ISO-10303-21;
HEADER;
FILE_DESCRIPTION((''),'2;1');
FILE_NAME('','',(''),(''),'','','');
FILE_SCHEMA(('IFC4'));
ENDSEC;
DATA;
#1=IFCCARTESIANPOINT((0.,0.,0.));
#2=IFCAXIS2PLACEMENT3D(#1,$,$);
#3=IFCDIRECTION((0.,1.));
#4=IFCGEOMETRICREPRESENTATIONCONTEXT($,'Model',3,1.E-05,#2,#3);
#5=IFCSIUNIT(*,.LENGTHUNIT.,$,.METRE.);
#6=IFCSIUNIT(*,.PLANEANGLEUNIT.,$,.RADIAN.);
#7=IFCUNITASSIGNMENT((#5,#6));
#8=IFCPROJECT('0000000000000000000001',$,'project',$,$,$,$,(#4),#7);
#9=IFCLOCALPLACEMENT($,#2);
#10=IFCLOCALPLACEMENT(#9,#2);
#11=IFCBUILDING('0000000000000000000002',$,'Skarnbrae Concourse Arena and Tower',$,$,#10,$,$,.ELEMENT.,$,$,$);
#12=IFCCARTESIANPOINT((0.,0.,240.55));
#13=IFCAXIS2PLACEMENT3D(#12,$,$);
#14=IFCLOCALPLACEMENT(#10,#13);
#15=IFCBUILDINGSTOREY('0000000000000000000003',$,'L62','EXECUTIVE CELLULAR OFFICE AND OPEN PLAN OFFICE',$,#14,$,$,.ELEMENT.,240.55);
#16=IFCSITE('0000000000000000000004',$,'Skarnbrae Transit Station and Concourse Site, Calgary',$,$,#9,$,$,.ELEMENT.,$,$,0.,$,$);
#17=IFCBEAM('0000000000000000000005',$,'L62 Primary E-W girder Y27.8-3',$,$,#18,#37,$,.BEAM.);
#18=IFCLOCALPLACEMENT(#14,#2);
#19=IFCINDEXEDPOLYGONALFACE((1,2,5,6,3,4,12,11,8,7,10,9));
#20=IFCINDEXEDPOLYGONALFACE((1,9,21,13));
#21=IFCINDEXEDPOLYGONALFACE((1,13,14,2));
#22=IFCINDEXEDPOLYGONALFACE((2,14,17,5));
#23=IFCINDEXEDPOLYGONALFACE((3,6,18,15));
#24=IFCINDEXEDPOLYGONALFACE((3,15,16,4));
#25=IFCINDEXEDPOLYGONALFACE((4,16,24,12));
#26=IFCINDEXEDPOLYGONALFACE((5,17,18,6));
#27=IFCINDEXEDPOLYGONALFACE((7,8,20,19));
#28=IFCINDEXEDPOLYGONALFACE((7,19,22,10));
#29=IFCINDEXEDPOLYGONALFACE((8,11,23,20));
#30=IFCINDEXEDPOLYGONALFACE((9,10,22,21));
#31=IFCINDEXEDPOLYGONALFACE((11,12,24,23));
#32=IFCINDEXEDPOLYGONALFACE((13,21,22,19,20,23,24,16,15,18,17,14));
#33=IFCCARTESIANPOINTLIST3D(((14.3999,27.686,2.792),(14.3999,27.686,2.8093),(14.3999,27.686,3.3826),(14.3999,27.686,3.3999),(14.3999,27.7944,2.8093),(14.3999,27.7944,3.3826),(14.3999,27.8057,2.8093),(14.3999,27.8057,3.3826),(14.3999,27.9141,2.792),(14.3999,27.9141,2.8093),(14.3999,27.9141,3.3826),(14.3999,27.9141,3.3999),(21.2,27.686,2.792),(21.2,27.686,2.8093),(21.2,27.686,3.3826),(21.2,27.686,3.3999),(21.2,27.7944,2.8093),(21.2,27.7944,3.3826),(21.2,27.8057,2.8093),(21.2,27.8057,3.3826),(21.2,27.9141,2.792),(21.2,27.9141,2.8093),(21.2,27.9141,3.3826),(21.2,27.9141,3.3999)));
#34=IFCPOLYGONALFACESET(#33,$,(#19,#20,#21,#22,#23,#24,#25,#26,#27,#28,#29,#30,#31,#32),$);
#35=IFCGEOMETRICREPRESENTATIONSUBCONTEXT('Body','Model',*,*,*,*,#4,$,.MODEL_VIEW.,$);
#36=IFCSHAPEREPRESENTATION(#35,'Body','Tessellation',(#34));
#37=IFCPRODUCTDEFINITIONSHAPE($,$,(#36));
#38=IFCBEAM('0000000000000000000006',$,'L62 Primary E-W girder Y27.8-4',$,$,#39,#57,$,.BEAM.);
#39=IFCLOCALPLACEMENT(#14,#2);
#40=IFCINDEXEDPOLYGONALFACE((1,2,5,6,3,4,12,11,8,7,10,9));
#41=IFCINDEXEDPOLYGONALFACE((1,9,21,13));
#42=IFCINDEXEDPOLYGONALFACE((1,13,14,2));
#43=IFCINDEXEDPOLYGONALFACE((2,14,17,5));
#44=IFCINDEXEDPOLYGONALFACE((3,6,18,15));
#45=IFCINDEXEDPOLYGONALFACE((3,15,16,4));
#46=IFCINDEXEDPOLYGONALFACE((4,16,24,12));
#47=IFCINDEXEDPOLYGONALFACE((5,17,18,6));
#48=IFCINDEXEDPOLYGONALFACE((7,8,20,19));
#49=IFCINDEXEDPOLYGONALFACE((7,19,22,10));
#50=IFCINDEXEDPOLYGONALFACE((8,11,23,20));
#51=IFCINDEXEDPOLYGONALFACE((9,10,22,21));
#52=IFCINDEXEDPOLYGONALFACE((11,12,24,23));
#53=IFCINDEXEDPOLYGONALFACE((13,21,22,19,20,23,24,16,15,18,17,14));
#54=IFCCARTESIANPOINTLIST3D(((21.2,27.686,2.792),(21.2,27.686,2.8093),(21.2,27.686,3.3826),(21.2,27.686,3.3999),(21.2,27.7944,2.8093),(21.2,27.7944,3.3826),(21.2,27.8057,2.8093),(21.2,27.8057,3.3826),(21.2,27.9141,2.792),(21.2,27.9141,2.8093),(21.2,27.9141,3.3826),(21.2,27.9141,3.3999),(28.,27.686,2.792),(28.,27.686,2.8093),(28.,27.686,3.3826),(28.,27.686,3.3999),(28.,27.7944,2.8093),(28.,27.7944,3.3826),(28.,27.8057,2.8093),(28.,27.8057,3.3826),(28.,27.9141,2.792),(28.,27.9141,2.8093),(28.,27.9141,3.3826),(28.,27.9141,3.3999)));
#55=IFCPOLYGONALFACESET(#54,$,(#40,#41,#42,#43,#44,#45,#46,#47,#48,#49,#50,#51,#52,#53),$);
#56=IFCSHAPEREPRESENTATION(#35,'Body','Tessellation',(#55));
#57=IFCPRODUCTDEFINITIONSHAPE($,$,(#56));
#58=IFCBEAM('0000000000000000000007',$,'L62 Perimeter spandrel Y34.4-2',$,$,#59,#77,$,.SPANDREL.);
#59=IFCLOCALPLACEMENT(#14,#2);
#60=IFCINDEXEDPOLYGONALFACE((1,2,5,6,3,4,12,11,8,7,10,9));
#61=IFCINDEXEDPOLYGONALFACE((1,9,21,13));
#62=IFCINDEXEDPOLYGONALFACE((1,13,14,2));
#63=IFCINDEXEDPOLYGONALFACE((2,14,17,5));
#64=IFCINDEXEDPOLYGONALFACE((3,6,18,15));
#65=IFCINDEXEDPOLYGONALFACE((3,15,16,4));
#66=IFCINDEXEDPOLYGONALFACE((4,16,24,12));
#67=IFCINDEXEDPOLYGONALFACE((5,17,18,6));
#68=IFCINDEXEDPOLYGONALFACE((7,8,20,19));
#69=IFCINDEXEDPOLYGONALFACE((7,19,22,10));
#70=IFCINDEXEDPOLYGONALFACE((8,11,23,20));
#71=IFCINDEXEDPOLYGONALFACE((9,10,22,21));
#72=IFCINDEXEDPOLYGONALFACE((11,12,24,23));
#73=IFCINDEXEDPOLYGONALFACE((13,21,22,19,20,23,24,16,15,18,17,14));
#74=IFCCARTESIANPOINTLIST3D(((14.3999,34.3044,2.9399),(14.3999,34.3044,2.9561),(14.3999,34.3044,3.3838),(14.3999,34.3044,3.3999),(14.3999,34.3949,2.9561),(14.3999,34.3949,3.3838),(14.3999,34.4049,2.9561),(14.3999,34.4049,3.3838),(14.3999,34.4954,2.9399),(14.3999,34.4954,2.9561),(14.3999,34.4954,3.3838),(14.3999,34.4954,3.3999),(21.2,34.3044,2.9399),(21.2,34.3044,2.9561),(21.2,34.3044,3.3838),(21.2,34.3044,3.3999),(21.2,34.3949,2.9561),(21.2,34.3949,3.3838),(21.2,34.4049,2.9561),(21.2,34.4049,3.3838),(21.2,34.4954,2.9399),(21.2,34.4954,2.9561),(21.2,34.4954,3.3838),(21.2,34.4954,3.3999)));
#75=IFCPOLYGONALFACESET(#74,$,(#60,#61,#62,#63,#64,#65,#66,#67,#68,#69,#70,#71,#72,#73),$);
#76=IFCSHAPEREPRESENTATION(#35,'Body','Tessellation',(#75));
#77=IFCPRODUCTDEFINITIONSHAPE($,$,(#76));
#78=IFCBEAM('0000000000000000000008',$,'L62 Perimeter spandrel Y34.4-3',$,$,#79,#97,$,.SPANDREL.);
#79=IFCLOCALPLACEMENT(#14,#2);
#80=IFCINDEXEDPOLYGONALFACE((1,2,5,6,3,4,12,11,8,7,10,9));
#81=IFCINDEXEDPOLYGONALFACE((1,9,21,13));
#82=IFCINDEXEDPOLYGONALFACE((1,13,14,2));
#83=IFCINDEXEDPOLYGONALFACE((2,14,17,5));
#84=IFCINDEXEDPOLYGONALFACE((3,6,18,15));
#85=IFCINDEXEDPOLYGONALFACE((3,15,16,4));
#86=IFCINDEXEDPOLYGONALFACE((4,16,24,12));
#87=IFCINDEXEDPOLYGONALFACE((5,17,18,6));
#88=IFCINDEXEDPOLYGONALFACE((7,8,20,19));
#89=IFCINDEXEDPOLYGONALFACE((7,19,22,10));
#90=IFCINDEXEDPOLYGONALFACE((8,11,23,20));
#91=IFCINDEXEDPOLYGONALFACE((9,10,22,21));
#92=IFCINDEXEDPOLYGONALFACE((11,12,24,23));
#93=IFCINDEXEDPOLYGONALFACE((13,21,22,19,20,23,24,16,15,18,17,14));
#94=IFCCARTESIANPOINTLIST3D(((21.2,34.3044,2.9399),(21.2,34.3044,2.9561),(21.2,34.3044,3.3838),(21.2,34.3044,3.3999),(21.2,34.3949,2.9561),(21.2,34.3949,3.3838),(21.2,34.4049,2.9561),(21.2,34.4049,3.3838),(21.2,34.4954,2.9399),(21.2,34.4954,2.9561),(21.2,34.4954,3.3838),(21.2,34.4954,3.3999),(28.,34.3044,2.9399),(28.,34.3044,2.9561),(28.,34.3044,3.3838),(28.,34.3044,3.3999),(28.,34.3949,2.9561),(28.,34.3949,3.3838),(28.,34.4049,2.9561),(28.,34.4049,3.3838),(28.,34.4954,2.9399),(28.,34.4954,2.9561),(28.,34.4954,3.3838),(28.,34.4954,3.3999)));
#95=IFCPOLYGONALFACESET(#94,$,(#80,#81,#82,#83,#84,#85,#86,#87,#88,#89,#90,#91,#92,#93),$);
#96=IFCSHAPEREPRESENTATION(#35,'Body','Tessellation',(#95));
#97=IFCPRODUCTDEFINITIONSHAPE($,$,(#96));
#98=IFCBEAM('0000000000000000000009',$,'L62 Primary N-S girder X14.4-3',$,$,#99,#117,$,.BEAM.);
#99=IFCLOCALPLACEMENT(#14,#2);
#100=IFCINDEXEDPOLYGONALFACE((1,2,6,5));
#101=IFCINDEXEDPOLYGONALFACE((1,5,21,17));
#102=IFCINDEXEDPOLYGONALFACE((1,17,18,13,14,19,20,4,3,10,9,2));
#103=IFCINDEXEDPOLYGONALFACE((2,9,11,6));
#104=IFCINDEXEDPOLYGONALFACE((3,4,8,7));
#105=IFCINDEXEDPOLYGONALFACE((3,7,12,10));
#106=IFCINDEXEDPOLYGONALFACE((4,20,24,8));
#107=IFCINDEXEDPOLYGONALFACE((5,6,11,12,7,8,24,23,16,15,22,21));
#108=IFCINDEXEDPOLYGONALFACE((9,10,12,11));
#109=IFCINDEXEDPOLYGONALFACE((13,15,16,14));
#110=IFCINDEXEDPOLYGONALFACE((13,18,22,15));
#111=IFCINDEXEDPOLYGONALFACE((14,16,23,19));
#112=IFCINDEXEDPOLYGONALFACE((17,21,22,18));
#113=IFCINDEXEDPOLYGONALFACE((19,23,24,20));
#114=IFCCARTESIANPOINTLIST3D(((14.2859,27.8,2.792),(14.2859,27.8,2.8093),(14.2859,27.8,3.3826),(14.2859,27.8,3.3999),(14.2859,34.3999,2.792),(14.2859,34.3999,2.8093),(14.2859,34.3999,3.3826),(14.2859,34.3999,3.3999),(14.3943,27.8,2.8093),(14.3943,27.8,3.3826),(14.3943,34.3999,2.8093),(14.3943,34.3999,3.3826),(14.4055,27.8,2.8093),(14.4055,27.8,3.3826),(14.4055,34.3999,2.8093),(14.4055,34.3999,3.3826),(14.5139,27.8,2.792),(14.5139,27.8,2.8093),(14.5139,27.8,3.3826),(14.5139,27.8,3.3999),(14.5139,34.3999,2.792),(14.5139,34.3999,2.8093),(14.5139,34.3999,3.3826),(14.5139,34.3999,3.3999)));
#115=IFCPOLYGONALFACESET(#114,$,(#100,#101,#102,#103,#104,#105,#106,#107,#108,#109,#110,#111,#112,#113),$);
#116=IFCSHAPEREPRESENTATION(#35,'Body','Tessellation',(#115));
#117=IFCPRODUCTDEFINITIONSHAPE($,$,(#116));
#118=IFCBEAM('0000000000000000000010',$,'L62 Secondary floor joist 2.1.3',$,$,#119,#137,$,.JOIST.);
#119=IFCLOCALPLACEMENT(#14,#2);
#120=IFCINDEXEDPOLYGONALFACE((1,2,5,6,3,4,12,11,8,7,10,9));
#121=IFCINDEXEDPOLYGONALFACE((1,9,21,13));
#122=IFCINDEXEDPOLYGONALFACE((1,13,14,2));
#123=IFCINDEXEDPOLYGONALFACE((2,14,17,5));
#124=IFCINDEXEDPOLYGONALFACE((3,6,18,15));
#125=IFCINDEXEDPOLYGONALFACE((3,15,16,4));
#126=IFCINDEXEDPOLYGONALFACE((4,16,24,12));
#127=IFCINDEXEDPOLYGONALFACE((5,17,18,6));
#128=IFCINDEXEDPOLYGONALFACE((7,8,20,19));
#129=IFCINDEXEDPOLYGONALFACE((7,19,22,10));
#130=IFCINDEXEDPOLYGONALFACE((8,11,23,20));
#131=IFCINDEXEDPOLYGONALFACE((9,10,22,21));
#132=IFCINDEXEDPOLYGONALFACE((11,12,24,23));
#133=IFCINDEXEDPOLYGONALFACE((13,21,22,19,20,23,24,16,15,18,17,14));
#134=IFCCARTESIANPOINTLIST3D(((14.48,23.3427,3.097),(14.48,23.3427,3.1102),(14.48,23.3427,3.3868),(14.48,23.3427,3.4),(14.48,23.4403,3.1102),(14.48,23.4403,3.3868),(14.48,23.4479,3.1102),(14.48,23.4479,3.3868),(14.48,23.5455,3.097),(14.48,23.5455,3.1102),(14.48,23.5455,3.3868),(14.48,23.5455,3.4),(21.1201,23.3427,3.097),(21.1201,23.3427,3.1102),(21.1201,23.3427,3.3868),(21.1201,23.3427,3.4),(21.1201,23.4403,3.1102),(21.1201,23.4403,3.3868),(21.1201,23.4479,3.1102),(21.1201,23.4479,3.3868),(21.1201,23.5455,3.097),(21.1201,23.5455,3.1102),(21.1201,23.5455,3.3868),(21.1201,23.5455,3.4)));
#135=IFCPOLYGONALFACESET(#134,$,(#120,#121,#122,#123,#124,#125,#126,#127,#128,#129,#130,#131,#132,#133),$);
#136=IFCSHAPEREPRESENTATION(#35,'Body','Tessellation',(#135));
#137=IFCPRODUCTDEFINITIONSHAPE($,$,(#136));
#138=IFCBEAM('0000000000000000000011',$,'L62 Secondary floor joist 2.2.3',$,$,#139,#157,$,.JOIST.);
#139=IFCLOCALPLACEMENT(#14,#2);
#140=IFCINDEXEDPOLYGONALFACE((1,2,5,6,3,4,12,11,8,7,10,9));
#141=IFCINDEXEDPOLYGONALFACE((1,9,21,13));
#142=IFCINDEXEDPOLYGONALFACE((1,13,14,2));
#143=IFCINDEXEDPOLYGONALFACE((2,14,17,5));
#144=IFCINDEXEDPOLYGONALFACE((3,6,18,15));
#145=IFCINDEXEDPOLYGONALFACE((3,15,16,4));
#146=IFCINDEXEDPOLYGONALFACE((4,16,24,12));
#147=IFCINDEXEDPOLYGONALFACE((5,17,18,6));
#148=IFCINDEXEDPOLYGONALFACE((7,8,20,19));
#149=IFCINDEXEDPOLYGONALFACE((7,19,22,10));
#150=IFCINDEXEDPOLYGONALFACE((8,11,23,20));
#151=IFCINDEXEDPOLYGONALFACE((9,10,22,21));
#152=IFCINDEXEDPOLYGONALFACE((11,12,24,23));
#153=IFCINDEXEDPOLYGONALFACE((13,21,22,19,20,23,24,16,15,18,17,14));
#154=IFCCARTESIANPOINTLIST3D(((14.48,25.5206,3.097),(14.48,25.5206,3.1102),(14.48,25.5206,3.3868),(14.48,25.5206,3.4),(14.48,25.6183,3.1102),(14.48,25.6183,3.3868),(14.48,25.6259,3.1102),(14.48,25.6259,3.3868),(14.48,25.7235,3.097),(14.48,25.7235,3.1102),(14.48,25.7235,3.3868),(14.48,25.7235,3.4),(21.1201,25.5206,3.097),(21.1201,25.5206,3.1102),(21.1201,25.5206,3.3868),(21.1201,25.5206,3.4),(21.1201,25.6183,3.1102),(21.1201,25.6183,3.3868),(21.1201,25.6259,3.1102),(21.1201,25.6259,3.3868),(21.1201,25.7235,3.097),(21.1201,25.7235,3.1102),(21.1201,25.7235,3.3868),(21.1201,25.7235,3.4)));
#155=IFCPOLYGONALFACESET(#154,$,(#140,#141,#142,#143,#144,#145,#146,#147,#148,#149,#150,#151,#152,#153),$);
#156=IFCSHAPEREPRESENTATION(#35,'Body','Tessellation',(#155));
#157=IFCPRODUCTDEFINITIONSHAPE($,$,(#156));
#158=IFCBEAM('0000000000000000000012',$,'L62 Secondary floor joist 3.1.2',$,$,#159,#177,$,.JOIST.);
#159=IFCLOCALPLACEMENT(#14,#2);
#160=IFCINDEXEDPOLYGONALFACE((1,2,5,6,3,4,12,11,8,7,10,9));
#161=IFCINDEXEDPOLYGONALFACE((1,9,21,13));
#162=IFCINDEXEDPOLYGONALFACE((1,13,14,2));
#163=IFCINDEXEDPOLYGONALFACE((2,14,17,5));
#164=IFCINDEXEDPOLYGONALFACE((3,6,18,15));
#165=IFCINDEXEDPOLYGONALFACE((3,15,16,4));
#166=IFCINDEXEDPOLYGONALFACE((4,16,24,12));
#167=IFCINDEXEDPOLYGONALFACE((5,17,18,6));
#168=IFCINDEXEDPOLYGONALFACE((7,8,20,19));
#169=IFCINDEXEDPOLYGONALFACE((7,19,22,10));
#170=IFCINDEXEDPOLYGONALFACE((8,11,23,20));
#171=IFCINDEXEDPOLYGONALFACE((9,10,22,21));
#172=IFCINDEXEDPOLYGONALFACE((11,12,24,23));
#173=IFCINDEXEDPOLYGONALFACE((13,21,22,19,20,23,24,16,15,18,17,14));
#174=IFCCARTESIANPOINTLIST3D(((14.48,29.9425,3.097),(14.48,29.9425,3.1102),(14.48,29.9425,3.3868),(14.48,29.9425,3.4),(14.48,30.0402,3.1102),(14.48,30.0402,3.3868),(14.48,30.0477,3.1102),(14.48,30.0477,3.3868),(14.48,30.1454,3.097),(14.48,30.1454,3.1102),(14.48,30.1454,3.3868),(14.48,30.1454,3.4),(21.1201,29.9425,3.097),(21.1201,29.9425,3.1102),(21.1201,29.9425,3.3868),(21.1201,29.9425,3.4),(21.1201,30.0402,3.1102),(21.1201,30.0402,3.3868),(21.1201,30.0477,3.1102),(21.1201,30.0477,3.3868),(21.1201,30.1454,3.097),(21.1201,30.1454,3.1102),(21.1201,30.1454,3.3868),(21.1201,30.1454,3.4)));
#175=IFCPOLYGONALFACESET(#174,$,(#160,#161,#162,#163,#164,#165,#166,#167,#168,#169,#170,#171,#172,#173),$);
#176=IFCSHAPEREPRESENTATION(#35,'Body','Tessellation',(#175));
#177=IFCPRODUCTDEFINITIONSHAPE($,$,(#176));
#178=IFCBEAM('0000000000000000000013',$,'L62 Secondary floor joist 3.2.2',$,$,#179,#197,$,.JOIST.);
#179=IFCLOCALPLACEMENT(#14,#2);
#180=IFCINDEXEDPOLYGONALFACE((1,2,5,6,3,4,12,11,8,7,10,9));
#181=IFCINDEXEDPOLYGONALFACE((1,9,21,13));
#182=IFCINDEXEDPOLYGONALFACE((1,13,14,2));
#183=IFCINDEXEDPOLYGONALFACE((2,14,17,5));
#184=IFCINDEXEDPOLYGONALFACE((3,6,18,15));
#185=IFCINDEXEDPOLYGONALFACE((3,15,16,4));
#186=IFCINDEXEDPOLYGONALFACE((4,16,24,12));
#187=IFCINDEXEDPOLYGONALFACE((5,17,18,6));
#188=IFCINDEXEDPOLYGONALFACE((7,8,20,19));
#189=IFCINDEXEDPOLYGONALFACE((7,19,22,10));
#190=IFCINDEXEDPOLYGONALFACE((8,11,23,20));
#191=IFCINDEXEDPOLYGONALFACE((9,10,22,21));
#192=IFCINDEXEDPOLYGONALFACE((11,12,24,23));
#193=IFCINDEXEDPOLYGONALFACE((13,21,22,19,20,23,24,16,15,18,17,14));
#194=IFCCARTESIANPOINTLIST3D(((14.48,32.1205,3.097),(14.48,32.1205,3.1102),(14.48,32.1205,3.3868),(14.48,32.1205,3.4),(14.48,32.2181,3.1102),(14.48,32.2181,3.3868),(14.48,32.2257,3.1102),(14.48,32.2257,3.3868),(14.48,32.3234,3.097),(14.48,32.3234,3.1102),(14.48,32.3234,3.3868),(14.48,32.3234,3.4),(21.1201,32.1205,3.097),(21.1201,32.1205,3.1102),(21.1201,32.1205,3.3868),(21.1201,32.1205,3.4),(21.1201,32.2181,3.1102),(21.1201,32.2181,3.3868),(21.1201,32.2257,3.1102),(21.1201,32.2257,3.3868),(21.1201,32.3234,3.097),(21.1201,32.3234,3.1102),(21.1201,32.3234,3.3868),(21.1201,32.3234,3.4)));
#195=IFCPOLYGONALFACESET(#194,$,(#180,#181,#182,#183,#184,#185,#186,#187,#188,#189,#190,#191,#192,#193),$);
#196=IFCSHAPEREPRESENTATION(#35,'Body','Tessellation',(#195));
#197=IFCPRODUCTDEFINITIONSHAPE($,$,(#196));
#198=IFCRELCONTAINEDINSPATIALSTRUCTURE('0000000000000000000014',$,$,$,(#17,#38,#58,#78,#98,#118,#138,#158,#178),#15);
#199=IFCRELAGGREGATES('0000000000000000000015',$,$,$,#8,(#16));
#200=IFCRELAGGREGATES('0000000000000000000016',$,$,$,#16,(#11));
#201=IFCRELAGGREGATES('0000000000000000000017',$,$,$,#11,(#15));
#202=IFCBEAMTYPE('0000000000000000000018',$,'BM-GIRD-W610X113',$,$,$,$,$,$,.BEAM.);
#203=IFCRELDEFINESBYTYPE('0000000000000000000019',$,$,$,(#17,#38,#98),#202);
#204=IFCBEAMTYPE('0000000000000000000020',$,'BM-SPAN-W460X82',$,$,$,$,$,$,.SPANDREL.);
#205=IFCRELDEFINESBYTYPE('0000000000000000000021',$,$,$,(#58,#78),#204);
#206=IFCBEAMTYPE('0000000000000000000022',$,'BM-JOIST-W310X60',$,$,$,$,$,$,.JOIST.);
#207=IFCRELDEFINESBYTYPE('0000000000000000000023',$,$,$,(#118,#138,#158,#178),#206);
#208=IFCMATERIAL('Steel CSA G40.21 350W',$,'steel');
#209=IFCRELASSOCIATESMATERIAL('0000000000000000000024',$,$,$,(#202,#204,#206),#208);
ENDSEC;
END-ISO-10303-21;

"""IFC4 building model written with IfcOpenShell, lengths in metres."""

from ifc_helpers import new_model, si_unit, direction, frame, origin, origin_2d, place, context, subcontext, project, spatial, i_section, extrude, source, transform, mapped, material, material_profile, profile_set, type_object, element, save


model = new_model("IFC4")

# Units and contexts
model_context = context("Model", 3, precision=1e-05, world=origin(), true_north=direction((0.0, 1.0)))
body_context = subcontext(model_context, "Body", "Model", "MODEL_VIEW")
ifc_project = project(units=[si_unit("LENGTHUNIT", "METRE"), si_unit("PLANEANGLEUNIT", "RADIAN")], contexts=[model_context])

# Site, building, storey
site_placement = place(None, origin())
site = spatial("IfcSite", under=ifc_project, at=site_placement, Name="Skarnbrae Transit Station and Concourse Site, Calgary", CompositionType="ELEMENT", RefElevation=0.0)
building_placement = place(site_placement, origin())
building = spatial("IfcBuilding", under=site, at=building_placement, Name="Skarnbrae Concourse Arena and Tower", CompositionType="ELEMENT")
storey_placement = place(building_placement, frame((0.0, 0.0, 240.55)))
storey = spatial("IfcBuildingStorey", under=building, at=storey_placement, Name="L62", Description="EXECUTIVE CELLULAR OFFICE AND OPEN PLAN OFFICE", CompositionType="ELEMENT", Elevation=240.55)

# Shared definitions
ifc_material_1 = material(Name="Steel CSA G40.21 350W", Category="steel")

# Beams
ifc_material_profile_1 = material_profile(ifc_material_1, i_section(OverallWidth=0.228, OverallDepth=0.6079, WebThickness=0.0112, FlangeThickness=0.0173, at=origin_2d()), Name="W610X113")
ifc_profile_set_1 = profile_set([ifc_material_profile_1], Name="Steel CSA G40.21 350W")
beam_type_1 = type_object("IfcBeamType", Name="BM-GIRD-W610X113", PredefinedType="BEAM", material=ifc_profile_set_1)
shared_shape_1 = source(origin(), body_context, "Body", "SweptSolid", [
    extrude(i_section(OverallWidth=0.228, OverallDepth=0.6079, WebThickness=0.0112, FlangeThickness=0.0173, at=origin_2d()), origin(), (0.0, 0.0, 1.0), 6.8),
])
for number, where, z_axis, x_axis, name in (
    (1, (14.3999, 27.8, 3.0959), (1.0, 0.0, 0.0), (0.0, 1.0, 0.0), "L62 Primary E-W girder Y27.8-3"),
    (2, (21.2, 27.8, 3.0959), (1.0, 0.0, 0.0), (0.0, 1.0, 0.0), "L62 Primary E-W girder Y27.8-4"),
):
    element("IfcBeam", number, at=place(storey_placement, frame(where, z_axis=z_axis, x_axis=x_axis)), inside=storey, type_object=beam_type_1, Name=name, PredefinedType="BEAM", context=body_context, shape_type="MappedRepresentation", body=[
        mapped(shared_shape_1, transform((0.0, 0.0, 0.0))),
    ])
ifc_material_profile_2 = material_profile(ifc_material_1, i_section(OverallWidth=0.1909, OverallDepth=0.46, WebThickness=0.01, FlangeThickness=0.0161, at=origin_2d()), Name="W460X82")
ifc_profile_set_2 = profile_set([ifc_material_profile_2], Name="Steel CSA G40.21 350W")
beam_type_2 = type_object("IfcBeamType", Name="BM-SPAN-W460X82", PredefinedType="SPANDREL", material=ifc_profile_set_2)
shared_shape_2 = source(origin(), body_context, "Body", "SweptSolid", [
    extrude(i_section(OverallWidth=0.1909, OverallDepth=0.46, WebThickness=0.01, FlangeThickness=0.0161, at=origin_2d()), origin(), (0.0, 0.0, 1.0), 6.8),
])
for number, where, z_axis, x_axis, name in (
    (3, (14.3999, 34.3999, 3.1699), (1.0, 0.0, 0.0), (0.0, 1.0, 0.0), "L62 Perimeter spandrel Y34.4-2"),
    (4, (21.2, 34.3999, 3.1699), (1.0, 0.0, 0.0), (0.0, 1.0, 0.0), "L62 Perimeter spandrel Y34.4-3"),
):
    element("IfcBeam", number, at=place(storey_placement, frame(where, z_axis=z_axis, x_axis=x_axis)), inside=storey, type_object=beam_type_2, Name=name, PredefinedType="SPANDREL", context=body_context, shape_type="MappedRepresentation", body=[
        mapped(shared_shape_2, transform((0.0, 0.0, 0.0))),
    ])
shared_shape_3 = source(origin(), body_context, "Body", "SweptSolid", [
    extrude(i_section(OverallWidth=0.228, OverallDepth=0.6079, WebThickness=0.0112, FlangeThickness=0.0173, at=origin_2d()), origin(), (0.0, 0.0, 1.0), 6.5999),
])
beam_1_placement = place(storey_placement, frame((14.3999, 27.8, 3.0959), z_axis=(0.0, 1.0, 0.0), x_axis=(-1.0, 0.0, 0.0)))
element("IfcBeam", 5, at=beam_1_placement, inside=storey, type_object=beam_type_1, Name="L62 Primary N-S girder X14.4-3", PredefinedType="BEAM", context=body_context, shape_type="MappedRepresentation", body=[
    mapped(shared_shape_3, transform((0.0, 0.0, 0.0))),
])
ifc_material_profile_3 = material_profile(ifc_material_1, i_section(OverallWidth=0.2029, OverallDepth=0.303, WebThickness=0.0076, FlangeThickness=0.0132, at=origin_2d()), Name="W310X60")
ifc_profile_set_3 = profile_set([ifc_material_profile_3], Name="Steel CSA G40.21 350W")
beam_type_3 = type_object("IfcBeamType", Name="BM-JOIST-W310X60", PredefinedType="JOIST", material=ifc_profile_set_3)
shared_shape_4 = source(origin(), body_context, "Body", "SweptSolid", [
    extrude(i_section(OverallWidth=0.2029, OverallDepth=0.303, WebThickness=0.0076, FlangeThickness=0.0132, at=origin_2d()), origin(), (0.0, 0.0, 1.0), 6.6401),
])
for number, where, z_axis, x_axis, name in (
    (6, (14.48, 23.4441, 3.2485), (1.0, 0.0, 0.0), (0.0, 1.0, 0.0), "L62 Secondary floor joist 2.1.3"),
    (7, (14.48, 25.6221, 3.2485), (1.0, 0.0, 0.0), (0.0, 1.0, 0.0), "L62 Secondary floor joist 2.2.3"),
    (8, (14.48, 30.0439, 3.2485), (1.0, 0.0, 0.0), (0.0, 1.0, 0.0), "L62 Secondary floor joist 3.1.2"),
    (9, (14.48, 32.2219, 3.2485), (1.0, 0.0, 0.0), (0.0, 1.0, 0.0), "L62 Secondary floor joist 3.2.2"),
):
    element("IfcBeam", number, at=place(storey_placement, frame(where, z_axis=z_axis, x_axis=x_axis)), inside=storey, type_object=beam_type_3, Name=name, PredefinedType="JOIST", context=body_context, shape_type="MappedRepresentation", body=[
        mapped(shared_shape_4, transform((0.0, 0.0, 0.0))),
    ])

save(model, "model.ifc")
